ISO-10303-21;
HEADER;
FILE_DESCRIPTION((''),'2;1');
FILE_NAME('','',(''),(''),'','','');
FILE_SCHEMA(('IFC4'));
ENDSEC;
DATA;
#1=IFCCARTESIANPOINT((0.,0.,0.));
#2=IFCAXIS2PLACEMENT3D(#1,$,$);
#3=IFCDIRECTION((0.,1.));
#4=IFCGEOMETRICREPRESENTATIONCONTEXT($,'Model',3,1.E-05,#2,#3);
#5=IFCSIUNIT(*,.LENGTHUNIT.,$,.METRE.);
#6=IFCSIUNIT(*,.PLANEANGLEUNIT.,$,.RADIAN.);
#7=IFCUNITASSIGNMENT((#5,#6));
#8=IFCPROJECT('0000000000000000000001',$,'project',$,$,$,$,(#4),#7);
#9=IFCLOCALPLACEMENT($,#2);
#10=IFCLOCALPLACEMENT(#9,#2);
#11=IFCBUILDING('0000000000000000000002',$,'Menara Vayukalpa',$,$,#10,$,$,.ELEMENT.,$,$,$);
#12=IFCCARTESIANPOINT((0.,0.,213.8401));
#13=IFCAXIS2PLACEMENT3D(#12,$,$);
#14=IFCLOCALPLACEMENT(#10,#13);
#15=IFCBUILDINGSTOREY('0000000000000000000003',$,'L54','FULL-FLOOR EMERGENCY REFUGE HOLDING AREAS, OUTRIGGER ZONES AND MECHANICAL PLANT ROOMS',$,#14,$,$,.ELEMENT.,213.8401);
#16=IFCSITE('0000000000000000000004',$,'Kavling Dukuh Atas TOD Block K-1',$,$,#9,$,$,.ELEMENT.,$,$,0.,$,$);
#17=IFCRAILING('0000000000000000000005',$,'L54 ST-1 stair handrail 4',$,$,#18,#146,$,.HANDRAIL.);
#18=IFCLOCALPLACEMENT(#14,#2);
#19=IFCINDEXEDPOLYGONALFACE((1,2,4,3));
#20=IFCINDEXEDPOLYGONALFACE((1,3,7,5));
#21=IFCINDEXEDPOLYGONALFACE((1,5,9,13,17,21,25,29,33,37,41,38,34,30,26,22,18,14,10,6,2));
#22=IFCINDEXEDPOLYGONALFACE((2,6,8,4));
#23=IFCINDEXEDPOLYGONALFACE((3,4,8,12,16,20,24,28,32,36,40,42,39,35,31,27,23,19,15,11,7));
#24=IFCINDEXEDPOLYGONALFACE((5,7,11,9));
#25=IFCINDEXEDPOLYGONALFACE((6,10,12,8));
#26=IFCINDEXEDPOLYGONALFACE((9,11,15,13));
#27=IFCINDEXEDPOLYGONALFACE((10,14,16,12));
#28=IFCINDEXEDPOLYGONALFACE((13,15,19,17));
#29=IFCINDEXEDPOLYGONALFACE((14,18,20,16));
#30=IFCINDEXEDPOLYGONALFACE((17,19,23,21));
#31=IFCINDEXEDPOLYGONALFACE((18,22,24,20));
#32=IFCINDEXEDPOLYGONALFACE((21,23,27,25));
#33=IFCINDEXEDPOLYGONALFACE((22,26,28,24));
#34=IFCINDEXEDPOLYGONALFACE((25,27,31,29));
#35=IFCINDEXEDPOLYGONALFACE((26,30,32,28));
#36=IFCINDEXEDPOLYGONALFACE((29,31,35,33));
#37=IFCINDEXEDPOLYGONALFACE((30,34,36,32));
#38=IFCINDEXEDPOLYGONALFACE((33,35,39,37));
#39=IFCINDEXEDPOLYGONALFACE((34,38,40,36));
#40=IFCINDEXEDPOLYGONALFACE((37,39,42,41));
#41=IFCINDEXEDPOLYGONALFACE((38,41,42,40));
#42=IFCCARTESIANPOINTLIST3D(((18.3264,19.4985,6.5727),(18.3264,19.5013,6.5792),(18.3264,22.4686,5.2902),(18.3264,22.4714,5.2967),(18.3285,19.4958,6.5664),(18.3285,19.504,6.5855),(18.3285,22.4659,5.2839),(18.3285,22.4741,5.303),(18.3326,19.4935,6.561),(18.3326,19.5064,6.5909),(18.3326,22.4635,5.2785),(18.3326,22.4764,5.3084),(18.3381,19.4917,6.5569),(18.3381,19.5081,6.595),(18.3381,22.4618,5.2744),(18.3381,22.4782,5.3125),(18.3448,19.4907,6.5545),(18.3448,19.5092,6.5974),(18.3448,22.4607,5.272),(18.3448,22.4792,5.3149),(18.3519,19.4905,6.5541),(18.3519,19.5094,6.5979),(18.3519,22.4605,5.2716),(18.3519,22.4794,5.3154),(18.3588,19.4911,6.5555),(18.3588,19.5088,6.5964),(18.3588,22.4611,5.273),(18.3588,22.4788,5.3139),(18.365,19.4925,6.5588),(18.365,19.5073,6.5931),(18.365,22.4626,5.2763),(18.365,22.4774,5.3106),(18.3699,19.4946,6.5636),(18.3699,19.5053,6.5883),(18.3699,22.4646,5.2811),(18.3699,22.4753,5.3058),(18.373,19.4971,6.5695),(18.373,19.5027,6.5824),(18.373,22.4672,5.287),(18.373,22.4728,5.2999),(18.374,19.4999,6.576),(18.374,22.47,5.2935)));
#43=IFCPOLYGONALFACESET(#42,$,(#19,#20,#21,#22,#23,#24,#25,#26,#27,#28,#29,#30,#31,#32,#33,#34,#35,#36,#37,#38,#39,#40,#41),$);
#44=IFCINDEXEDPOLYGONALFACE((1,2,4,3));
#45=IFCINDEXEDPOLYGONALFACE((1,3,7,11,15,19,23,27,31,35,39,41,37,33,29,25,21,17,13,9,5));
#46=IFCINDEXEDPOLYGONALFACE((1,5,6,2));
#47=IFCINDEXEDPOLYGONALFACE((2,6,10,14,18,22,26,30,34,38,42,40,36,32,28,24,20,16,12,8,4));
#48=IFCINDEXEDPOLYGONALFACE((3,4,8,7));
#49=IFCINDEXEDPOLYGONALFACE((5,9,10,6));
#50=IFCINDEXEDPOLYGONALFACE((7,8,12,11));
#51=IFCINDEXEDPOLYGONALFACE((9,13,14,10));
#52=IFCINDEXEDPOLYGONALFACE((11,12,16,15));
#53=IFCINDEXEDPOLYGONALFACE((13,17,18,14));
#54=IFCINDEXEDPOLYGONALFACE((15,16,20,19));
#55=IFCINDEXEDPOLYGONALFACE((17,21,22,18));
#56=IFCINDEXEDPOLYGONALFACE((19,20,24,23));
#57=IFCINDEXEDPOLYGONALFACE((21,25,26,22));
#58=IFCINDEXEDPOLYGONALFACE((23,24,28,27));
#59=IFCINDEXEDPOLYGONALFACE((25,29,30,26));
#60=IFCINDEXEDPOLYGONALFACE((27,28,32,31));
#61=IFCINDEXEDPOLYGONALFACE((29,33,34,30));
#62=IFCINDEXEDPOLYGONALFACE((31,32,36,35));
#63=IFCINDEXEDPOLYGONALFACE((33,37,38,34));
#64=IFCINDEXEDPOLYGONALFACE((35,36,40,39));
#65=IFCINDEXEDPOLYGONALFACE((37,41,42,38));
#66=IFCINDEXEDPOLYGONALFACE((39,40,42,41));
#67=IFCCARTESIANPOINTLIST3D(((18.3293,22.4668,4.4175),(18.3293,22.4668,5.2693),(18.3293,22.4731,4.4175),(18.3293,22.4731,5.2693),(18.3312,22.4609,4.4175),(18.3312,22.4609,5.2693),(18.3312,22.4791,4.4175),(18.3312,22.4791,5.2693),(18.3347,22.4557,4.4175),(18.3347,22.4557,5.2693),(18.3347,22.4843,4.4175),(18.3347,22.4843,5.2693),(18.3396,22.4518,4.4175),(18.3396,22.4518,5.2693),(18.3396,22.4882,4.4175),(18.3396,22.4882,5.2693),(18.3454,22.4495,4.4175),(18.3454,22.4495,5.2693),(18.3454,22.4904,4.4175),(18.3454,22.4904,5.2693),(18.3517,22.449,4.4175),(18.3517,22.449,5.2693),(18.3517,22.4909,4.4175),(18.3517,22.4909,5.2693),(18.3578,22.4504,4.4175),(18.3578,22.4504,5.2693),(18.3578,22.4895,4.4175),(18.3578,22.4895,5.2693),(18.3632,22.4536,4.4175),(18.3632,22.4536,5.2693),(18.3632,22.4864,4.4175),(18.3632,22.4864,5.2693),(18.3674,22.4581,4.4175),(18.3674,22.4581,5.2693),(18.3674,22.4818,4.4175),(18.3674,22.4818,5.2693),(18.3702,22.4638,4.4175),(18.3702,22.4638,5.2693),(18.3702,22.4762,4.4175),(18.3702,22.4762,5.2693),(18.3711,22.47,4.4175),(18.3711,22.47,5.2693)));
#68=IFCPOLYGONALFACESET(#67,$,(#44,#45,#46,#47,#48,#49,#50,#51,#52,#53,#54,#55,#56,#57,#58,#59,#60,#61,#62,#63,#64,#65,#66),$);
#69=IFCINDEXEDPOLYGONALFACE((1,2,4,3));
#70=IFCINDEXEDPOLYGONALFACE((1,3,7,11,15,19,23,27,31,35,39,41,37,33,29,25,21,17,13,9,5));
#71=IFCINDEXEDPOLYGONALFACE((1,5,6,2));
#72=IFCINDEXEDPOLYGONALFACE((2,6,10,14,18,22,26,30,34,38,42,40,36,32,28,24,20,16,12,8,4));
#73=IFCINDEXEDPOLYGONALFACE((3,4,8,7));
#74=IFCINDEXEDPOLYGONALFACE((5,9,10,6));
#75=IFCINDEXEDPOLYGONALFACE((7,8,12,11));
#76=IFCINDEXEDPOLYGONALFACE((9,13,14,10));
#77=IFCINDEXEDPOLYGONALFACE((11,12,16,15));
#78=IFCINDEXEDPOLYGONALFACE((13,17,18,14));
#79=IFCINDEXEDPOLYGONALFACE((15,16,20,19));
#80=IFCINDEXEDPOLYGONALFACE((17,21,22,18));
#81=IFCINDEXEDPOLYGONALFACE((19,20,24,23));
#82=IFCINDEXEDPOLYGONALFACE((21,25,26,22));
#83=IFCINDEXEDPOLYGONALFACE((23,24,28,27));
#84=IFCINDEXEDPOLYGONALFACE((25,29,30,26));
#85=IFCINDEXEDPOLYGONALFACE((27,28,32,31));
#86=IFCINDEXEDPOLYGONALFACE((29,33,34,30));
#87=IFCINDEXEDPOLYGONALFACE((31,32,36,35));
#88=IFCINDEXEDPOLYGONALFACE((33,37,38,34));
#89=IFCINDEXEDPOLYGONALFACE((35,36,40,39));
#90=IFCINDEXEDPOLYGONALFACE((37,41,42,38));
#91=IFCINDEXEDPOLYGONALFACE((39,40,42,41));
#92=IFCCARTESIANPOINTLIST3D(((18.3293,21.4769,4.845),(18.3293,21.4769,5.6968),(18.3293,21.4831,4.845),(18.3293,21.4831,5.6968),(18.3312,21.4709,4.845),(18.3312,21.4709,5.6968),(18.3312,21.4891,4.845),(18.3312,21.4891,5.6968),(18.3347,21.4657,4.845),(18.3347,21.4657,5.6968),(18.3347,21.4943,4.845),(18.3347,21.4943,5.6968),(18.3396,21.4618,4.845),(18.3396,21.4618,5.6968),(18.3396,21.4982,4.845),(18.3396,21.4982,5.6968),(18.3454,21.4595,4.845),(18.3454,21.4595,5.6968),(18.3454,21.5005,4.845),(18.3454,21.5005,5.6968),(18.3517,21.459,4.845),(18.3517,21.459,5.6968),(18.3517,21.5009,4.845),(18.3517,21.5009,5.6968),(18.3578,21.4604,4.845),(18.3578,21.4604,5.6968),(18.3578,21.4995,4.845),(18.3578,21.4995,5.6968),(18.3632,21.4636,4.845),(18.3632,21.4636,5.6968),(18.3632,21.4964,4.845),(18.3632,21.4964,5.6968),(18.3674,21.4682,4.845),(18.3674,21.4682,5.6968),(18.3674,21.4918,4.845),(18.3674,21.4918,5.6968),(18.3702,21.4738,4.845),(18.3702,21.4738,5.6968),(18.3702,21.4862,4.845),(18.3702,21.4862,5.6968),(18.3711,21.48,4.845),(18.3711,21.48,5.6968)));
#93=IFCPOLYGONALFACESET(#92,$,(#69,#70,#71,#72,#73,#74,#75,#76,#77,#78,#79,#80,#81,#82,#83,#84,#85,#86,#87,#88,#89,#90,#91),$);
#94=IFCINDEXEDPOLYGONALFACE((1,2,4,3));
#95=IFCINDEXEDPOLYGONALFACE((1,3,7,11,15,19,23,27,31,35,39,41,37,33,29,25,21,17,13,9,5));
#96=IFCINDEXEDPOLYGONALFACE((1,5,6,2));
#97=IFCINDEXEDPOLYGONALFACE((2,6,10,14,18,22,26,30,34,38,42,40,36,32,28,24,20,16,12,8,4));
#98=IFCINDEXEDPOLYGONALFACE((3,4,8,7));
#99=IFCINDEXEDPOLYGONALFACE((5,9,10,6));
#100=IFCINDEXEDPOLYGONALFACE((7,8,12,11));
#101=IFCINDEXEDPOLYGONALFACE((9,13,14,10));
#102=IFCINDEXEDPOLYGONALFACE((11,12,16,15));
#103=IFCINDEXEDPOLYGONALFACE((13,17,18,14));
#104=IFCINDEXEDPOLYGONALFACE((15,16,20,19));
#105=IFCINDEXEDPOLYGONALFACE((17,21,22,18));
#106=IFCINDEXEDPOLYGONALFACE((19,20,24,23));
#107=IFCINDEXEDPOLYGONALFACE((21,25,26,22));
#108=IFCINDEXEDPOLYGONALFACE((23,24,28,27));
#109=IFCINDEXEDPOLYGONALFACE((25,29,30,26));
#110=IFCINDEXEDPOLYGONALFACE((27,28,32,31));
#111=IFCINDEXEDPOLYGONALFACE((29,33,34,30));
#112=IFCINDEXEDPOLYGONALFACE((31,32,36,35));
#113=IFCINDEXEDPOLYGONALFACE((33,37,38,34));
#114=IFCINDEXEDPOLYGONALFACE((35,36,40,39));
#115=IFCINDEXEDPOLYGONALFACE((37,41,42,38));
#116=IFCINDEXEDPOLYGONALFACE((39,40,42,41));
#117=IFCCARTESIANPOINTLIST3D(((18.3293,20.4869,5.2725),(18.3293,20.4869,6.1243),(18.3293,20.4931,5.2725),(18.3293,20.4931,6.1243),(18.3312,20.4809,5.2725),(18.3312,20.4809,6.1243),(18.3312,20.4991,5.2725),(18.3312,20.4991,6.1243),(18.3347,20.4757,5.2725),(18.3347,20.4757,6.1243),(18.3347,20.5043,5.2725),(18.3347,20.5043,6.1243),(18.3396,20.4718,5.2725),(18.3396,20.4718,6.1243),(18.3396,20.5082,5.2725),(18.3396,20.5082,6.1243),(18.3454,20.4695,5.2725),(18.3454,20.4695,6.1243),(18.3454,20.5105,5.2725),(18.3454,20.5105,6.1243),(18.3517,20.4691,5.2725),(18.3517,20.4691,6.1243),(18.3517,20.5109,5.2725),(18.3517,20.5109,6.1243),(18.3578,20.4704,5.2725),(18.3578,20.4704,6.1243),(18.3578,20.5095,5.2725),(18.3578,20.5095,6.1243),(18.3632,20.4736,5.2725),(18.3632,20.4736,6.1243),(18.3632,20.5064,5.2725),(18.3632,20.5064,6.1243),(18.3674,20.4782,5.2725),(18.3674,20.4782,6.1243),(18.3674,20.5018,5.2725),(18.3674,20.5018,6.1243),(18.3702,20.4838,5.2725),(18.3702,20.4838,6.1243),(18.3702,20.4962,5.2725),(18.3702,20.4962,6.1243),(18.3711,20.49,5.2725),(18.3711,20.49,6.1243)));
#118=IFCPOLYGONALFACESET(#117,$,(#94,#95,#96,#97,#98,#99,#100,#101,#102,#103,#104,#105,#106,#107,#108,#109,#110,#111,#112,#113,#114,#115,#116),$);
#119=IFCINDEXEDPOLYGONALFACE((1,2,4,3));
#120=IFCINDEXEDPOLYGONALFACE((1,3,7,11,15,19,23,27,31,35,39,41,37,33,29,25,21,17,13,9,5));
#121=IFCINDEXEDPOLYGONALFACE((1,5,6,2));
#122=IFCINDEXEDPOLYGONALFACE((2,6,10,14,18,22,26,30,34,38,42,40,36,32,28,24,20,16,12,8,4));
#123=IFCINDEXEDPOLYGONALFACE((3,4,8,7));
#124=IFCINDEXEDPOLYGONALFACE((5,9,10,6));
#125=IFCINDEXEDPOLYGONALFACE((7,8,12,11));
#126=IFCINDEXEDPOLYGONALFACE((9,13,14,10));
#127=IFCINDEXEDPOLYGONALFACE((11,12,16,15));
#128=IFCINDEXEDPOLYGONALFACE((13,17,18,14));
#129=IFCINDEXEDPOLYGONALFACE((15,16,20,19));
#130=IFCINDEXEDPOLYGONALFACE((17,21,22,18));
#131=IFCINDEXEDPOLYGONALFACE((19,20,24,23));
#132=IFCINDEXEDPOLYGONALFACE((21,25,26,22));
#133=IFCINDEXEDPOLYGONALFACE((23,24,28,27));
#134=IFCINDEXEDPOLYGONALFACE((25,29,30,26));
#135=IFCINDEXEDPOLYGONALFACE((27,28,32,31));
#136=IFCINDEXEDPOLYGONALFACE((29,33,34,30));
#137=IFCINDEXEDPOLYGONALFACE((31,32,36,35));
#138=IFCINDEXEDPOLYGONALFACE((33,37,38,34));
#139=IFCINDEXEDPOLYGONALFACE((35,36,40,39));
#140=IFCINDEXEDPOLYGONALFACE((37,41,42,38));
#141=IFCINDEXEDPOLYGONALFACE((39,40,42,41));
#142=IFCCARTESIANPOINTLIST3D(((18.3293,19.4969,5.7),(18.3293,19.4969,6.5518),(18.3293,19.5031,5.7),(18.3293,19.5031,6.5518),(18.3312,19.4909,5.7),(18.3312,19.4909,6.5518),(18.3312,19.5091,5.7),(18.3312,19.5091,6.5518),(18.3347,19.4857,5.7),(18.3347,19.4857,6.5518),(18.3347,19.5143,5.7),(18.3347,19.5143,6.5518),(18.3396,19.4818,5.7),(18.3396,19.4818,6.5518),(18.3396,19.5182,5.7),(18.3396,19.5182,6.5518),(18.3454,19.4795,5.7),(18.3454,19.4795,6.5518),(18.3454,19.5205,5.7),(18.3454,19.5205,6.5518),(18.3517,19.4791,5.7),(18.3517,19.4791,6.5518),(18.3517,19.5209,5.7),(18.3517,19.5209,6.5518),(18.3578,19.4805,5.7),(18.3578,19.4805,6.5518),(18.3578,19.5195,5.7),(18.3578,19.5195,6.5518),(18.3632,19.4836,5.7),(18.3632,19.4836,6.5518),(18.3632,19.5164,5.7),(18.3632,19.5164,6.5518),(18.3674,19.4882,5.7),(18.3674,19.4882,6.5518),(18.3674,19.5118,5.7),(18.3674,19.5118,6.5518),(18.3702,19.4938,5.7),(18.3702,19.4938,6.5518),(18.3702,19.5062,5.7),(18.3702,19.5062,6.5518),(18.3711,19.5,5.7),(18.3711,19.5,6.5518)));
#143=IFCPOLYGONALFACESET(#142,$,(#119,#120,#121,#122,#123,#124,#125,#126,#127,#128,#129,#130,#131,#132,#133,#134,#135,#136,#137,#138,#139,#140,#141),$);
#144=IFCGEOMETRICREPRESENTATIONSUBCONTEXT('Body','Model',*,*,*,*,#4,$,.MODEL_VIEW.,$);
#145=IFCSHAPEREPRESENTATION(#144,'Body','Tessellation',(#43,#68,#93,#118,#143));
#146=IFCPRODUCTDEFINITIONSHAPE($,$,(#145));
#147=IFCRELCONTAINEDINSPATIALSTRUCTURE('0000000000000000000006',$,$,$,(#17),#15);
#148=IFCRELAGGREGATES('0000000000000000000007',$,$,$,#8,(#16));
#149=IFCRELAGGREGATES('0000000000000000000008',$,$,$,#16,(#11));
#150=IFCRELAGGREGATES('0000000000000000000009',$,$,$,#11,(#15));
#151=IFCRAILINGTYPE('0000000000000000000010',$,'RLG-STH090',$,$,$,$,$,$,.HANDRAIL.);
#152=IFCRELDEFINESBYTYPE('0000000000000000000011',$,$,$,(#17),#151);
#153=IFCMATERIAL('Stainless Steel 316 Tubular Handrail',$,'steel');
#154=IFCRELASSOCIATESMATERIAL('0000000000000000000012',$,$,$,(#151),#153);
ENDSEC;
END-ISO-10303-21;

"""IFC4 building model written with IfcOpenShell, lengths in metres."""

from ifc_helpers import new_model, si_unit, direction, frame, origin, origin_2d, place, context, subcontext, project, spatial, circle, extrude, material, type_object, element, save


model = new_model("IFC4")

# Units and contexts
model_context = context("Model", 3, precision=1e-05, world=origin(), true_north=direction((0.0, 1.0)))
body_context = subcontext(model_context, "Body", "Model", "MODEL_VIEW")
ifc_project = project(units=[si_unit("LENGTHUNIT", "METRE"), si_unit("PLANEANGLEUNIT", "RADIAN")], contexts=[model_context])

# Site, building, storey
site_placement = place(None, origin())
site = spatial("IfcSite", under=ifc_project, at=site_placement, Name="Kavling Dukuh Atas TOD Block K-1", CompositionType="ELEMENT", RefElevation=0.0)
building_placement = place(site_placement, origin())
building = spatial("IfcBuilding", under=site, at=building_placement, Name="Menara Vayukalpa", CompositionType="ELEMENT")
storey_placement = place(building_placement, frame((0.0, 0.0, 213.8401)))
storey = spatial("IfcBuildingStorey", under=building, at=storey_placement, Name="L54", Description="FULL-FLOOR EMERGENCY REFUGE HOLDING AREAS, OUTRIGGER ZONES AND MECHANICAL PLANT ROOMS", CompositionType="ELEMENT", Elevation=213.8401)

# Railing
ifc_material_1 = material(Name="Stainless Steel 316 Tubular Handrail", Category="steel")
railing_type_1 = type_object("IfcRailingType", Name="RLG-STH090", PredefinedType="HANDRAIL", material=ifc_material_1)
railing_1_placement = place(storey_placement, frame((18.3501, 22.47, 4.4175)))
element("IfcRailing", 1, at=railing_1_placement, inside=storey, type_object=railing_type_1, Name="L54 ST-1 stair handrail 4", PredefinedType="HANDRAIL", context=body_context, shape_type="SweptSolid", body=[
    extrude(circle(Radius=0.0239, at=origin_2d()), frame((0.0, 0.0, 0.876), z_axis=(0.0, -0.918064, 0.396432), x_axis=(1.0, 0.0, 0.0)), (0.0, 0.0, 1.0), 3.2351),
    extrude(circle(Radius=0.021, at=origin_2d()), origin(), (0.0, 0.0, 1.0), 0.8518),
    extrude(circle(Radius=0.021, at=origin_2d()), frame((0.0, -0.99, 0.4275)), (0.0, 0.0, 1.0), 0.8518),
    extrude(circle(Radius=0.021, at=origin_2d()), frame((0.0, -1.98, 0.855)), (0.0, 0.0, 1.0), 0.8518),
    extrude(circle(Radius=0.021, at=origin_2d()), frame((0.0, -2.97, 1.2825)), (0.0, 0.0, 1.0), 0.8518),
])

save(model, "model.ifc")
